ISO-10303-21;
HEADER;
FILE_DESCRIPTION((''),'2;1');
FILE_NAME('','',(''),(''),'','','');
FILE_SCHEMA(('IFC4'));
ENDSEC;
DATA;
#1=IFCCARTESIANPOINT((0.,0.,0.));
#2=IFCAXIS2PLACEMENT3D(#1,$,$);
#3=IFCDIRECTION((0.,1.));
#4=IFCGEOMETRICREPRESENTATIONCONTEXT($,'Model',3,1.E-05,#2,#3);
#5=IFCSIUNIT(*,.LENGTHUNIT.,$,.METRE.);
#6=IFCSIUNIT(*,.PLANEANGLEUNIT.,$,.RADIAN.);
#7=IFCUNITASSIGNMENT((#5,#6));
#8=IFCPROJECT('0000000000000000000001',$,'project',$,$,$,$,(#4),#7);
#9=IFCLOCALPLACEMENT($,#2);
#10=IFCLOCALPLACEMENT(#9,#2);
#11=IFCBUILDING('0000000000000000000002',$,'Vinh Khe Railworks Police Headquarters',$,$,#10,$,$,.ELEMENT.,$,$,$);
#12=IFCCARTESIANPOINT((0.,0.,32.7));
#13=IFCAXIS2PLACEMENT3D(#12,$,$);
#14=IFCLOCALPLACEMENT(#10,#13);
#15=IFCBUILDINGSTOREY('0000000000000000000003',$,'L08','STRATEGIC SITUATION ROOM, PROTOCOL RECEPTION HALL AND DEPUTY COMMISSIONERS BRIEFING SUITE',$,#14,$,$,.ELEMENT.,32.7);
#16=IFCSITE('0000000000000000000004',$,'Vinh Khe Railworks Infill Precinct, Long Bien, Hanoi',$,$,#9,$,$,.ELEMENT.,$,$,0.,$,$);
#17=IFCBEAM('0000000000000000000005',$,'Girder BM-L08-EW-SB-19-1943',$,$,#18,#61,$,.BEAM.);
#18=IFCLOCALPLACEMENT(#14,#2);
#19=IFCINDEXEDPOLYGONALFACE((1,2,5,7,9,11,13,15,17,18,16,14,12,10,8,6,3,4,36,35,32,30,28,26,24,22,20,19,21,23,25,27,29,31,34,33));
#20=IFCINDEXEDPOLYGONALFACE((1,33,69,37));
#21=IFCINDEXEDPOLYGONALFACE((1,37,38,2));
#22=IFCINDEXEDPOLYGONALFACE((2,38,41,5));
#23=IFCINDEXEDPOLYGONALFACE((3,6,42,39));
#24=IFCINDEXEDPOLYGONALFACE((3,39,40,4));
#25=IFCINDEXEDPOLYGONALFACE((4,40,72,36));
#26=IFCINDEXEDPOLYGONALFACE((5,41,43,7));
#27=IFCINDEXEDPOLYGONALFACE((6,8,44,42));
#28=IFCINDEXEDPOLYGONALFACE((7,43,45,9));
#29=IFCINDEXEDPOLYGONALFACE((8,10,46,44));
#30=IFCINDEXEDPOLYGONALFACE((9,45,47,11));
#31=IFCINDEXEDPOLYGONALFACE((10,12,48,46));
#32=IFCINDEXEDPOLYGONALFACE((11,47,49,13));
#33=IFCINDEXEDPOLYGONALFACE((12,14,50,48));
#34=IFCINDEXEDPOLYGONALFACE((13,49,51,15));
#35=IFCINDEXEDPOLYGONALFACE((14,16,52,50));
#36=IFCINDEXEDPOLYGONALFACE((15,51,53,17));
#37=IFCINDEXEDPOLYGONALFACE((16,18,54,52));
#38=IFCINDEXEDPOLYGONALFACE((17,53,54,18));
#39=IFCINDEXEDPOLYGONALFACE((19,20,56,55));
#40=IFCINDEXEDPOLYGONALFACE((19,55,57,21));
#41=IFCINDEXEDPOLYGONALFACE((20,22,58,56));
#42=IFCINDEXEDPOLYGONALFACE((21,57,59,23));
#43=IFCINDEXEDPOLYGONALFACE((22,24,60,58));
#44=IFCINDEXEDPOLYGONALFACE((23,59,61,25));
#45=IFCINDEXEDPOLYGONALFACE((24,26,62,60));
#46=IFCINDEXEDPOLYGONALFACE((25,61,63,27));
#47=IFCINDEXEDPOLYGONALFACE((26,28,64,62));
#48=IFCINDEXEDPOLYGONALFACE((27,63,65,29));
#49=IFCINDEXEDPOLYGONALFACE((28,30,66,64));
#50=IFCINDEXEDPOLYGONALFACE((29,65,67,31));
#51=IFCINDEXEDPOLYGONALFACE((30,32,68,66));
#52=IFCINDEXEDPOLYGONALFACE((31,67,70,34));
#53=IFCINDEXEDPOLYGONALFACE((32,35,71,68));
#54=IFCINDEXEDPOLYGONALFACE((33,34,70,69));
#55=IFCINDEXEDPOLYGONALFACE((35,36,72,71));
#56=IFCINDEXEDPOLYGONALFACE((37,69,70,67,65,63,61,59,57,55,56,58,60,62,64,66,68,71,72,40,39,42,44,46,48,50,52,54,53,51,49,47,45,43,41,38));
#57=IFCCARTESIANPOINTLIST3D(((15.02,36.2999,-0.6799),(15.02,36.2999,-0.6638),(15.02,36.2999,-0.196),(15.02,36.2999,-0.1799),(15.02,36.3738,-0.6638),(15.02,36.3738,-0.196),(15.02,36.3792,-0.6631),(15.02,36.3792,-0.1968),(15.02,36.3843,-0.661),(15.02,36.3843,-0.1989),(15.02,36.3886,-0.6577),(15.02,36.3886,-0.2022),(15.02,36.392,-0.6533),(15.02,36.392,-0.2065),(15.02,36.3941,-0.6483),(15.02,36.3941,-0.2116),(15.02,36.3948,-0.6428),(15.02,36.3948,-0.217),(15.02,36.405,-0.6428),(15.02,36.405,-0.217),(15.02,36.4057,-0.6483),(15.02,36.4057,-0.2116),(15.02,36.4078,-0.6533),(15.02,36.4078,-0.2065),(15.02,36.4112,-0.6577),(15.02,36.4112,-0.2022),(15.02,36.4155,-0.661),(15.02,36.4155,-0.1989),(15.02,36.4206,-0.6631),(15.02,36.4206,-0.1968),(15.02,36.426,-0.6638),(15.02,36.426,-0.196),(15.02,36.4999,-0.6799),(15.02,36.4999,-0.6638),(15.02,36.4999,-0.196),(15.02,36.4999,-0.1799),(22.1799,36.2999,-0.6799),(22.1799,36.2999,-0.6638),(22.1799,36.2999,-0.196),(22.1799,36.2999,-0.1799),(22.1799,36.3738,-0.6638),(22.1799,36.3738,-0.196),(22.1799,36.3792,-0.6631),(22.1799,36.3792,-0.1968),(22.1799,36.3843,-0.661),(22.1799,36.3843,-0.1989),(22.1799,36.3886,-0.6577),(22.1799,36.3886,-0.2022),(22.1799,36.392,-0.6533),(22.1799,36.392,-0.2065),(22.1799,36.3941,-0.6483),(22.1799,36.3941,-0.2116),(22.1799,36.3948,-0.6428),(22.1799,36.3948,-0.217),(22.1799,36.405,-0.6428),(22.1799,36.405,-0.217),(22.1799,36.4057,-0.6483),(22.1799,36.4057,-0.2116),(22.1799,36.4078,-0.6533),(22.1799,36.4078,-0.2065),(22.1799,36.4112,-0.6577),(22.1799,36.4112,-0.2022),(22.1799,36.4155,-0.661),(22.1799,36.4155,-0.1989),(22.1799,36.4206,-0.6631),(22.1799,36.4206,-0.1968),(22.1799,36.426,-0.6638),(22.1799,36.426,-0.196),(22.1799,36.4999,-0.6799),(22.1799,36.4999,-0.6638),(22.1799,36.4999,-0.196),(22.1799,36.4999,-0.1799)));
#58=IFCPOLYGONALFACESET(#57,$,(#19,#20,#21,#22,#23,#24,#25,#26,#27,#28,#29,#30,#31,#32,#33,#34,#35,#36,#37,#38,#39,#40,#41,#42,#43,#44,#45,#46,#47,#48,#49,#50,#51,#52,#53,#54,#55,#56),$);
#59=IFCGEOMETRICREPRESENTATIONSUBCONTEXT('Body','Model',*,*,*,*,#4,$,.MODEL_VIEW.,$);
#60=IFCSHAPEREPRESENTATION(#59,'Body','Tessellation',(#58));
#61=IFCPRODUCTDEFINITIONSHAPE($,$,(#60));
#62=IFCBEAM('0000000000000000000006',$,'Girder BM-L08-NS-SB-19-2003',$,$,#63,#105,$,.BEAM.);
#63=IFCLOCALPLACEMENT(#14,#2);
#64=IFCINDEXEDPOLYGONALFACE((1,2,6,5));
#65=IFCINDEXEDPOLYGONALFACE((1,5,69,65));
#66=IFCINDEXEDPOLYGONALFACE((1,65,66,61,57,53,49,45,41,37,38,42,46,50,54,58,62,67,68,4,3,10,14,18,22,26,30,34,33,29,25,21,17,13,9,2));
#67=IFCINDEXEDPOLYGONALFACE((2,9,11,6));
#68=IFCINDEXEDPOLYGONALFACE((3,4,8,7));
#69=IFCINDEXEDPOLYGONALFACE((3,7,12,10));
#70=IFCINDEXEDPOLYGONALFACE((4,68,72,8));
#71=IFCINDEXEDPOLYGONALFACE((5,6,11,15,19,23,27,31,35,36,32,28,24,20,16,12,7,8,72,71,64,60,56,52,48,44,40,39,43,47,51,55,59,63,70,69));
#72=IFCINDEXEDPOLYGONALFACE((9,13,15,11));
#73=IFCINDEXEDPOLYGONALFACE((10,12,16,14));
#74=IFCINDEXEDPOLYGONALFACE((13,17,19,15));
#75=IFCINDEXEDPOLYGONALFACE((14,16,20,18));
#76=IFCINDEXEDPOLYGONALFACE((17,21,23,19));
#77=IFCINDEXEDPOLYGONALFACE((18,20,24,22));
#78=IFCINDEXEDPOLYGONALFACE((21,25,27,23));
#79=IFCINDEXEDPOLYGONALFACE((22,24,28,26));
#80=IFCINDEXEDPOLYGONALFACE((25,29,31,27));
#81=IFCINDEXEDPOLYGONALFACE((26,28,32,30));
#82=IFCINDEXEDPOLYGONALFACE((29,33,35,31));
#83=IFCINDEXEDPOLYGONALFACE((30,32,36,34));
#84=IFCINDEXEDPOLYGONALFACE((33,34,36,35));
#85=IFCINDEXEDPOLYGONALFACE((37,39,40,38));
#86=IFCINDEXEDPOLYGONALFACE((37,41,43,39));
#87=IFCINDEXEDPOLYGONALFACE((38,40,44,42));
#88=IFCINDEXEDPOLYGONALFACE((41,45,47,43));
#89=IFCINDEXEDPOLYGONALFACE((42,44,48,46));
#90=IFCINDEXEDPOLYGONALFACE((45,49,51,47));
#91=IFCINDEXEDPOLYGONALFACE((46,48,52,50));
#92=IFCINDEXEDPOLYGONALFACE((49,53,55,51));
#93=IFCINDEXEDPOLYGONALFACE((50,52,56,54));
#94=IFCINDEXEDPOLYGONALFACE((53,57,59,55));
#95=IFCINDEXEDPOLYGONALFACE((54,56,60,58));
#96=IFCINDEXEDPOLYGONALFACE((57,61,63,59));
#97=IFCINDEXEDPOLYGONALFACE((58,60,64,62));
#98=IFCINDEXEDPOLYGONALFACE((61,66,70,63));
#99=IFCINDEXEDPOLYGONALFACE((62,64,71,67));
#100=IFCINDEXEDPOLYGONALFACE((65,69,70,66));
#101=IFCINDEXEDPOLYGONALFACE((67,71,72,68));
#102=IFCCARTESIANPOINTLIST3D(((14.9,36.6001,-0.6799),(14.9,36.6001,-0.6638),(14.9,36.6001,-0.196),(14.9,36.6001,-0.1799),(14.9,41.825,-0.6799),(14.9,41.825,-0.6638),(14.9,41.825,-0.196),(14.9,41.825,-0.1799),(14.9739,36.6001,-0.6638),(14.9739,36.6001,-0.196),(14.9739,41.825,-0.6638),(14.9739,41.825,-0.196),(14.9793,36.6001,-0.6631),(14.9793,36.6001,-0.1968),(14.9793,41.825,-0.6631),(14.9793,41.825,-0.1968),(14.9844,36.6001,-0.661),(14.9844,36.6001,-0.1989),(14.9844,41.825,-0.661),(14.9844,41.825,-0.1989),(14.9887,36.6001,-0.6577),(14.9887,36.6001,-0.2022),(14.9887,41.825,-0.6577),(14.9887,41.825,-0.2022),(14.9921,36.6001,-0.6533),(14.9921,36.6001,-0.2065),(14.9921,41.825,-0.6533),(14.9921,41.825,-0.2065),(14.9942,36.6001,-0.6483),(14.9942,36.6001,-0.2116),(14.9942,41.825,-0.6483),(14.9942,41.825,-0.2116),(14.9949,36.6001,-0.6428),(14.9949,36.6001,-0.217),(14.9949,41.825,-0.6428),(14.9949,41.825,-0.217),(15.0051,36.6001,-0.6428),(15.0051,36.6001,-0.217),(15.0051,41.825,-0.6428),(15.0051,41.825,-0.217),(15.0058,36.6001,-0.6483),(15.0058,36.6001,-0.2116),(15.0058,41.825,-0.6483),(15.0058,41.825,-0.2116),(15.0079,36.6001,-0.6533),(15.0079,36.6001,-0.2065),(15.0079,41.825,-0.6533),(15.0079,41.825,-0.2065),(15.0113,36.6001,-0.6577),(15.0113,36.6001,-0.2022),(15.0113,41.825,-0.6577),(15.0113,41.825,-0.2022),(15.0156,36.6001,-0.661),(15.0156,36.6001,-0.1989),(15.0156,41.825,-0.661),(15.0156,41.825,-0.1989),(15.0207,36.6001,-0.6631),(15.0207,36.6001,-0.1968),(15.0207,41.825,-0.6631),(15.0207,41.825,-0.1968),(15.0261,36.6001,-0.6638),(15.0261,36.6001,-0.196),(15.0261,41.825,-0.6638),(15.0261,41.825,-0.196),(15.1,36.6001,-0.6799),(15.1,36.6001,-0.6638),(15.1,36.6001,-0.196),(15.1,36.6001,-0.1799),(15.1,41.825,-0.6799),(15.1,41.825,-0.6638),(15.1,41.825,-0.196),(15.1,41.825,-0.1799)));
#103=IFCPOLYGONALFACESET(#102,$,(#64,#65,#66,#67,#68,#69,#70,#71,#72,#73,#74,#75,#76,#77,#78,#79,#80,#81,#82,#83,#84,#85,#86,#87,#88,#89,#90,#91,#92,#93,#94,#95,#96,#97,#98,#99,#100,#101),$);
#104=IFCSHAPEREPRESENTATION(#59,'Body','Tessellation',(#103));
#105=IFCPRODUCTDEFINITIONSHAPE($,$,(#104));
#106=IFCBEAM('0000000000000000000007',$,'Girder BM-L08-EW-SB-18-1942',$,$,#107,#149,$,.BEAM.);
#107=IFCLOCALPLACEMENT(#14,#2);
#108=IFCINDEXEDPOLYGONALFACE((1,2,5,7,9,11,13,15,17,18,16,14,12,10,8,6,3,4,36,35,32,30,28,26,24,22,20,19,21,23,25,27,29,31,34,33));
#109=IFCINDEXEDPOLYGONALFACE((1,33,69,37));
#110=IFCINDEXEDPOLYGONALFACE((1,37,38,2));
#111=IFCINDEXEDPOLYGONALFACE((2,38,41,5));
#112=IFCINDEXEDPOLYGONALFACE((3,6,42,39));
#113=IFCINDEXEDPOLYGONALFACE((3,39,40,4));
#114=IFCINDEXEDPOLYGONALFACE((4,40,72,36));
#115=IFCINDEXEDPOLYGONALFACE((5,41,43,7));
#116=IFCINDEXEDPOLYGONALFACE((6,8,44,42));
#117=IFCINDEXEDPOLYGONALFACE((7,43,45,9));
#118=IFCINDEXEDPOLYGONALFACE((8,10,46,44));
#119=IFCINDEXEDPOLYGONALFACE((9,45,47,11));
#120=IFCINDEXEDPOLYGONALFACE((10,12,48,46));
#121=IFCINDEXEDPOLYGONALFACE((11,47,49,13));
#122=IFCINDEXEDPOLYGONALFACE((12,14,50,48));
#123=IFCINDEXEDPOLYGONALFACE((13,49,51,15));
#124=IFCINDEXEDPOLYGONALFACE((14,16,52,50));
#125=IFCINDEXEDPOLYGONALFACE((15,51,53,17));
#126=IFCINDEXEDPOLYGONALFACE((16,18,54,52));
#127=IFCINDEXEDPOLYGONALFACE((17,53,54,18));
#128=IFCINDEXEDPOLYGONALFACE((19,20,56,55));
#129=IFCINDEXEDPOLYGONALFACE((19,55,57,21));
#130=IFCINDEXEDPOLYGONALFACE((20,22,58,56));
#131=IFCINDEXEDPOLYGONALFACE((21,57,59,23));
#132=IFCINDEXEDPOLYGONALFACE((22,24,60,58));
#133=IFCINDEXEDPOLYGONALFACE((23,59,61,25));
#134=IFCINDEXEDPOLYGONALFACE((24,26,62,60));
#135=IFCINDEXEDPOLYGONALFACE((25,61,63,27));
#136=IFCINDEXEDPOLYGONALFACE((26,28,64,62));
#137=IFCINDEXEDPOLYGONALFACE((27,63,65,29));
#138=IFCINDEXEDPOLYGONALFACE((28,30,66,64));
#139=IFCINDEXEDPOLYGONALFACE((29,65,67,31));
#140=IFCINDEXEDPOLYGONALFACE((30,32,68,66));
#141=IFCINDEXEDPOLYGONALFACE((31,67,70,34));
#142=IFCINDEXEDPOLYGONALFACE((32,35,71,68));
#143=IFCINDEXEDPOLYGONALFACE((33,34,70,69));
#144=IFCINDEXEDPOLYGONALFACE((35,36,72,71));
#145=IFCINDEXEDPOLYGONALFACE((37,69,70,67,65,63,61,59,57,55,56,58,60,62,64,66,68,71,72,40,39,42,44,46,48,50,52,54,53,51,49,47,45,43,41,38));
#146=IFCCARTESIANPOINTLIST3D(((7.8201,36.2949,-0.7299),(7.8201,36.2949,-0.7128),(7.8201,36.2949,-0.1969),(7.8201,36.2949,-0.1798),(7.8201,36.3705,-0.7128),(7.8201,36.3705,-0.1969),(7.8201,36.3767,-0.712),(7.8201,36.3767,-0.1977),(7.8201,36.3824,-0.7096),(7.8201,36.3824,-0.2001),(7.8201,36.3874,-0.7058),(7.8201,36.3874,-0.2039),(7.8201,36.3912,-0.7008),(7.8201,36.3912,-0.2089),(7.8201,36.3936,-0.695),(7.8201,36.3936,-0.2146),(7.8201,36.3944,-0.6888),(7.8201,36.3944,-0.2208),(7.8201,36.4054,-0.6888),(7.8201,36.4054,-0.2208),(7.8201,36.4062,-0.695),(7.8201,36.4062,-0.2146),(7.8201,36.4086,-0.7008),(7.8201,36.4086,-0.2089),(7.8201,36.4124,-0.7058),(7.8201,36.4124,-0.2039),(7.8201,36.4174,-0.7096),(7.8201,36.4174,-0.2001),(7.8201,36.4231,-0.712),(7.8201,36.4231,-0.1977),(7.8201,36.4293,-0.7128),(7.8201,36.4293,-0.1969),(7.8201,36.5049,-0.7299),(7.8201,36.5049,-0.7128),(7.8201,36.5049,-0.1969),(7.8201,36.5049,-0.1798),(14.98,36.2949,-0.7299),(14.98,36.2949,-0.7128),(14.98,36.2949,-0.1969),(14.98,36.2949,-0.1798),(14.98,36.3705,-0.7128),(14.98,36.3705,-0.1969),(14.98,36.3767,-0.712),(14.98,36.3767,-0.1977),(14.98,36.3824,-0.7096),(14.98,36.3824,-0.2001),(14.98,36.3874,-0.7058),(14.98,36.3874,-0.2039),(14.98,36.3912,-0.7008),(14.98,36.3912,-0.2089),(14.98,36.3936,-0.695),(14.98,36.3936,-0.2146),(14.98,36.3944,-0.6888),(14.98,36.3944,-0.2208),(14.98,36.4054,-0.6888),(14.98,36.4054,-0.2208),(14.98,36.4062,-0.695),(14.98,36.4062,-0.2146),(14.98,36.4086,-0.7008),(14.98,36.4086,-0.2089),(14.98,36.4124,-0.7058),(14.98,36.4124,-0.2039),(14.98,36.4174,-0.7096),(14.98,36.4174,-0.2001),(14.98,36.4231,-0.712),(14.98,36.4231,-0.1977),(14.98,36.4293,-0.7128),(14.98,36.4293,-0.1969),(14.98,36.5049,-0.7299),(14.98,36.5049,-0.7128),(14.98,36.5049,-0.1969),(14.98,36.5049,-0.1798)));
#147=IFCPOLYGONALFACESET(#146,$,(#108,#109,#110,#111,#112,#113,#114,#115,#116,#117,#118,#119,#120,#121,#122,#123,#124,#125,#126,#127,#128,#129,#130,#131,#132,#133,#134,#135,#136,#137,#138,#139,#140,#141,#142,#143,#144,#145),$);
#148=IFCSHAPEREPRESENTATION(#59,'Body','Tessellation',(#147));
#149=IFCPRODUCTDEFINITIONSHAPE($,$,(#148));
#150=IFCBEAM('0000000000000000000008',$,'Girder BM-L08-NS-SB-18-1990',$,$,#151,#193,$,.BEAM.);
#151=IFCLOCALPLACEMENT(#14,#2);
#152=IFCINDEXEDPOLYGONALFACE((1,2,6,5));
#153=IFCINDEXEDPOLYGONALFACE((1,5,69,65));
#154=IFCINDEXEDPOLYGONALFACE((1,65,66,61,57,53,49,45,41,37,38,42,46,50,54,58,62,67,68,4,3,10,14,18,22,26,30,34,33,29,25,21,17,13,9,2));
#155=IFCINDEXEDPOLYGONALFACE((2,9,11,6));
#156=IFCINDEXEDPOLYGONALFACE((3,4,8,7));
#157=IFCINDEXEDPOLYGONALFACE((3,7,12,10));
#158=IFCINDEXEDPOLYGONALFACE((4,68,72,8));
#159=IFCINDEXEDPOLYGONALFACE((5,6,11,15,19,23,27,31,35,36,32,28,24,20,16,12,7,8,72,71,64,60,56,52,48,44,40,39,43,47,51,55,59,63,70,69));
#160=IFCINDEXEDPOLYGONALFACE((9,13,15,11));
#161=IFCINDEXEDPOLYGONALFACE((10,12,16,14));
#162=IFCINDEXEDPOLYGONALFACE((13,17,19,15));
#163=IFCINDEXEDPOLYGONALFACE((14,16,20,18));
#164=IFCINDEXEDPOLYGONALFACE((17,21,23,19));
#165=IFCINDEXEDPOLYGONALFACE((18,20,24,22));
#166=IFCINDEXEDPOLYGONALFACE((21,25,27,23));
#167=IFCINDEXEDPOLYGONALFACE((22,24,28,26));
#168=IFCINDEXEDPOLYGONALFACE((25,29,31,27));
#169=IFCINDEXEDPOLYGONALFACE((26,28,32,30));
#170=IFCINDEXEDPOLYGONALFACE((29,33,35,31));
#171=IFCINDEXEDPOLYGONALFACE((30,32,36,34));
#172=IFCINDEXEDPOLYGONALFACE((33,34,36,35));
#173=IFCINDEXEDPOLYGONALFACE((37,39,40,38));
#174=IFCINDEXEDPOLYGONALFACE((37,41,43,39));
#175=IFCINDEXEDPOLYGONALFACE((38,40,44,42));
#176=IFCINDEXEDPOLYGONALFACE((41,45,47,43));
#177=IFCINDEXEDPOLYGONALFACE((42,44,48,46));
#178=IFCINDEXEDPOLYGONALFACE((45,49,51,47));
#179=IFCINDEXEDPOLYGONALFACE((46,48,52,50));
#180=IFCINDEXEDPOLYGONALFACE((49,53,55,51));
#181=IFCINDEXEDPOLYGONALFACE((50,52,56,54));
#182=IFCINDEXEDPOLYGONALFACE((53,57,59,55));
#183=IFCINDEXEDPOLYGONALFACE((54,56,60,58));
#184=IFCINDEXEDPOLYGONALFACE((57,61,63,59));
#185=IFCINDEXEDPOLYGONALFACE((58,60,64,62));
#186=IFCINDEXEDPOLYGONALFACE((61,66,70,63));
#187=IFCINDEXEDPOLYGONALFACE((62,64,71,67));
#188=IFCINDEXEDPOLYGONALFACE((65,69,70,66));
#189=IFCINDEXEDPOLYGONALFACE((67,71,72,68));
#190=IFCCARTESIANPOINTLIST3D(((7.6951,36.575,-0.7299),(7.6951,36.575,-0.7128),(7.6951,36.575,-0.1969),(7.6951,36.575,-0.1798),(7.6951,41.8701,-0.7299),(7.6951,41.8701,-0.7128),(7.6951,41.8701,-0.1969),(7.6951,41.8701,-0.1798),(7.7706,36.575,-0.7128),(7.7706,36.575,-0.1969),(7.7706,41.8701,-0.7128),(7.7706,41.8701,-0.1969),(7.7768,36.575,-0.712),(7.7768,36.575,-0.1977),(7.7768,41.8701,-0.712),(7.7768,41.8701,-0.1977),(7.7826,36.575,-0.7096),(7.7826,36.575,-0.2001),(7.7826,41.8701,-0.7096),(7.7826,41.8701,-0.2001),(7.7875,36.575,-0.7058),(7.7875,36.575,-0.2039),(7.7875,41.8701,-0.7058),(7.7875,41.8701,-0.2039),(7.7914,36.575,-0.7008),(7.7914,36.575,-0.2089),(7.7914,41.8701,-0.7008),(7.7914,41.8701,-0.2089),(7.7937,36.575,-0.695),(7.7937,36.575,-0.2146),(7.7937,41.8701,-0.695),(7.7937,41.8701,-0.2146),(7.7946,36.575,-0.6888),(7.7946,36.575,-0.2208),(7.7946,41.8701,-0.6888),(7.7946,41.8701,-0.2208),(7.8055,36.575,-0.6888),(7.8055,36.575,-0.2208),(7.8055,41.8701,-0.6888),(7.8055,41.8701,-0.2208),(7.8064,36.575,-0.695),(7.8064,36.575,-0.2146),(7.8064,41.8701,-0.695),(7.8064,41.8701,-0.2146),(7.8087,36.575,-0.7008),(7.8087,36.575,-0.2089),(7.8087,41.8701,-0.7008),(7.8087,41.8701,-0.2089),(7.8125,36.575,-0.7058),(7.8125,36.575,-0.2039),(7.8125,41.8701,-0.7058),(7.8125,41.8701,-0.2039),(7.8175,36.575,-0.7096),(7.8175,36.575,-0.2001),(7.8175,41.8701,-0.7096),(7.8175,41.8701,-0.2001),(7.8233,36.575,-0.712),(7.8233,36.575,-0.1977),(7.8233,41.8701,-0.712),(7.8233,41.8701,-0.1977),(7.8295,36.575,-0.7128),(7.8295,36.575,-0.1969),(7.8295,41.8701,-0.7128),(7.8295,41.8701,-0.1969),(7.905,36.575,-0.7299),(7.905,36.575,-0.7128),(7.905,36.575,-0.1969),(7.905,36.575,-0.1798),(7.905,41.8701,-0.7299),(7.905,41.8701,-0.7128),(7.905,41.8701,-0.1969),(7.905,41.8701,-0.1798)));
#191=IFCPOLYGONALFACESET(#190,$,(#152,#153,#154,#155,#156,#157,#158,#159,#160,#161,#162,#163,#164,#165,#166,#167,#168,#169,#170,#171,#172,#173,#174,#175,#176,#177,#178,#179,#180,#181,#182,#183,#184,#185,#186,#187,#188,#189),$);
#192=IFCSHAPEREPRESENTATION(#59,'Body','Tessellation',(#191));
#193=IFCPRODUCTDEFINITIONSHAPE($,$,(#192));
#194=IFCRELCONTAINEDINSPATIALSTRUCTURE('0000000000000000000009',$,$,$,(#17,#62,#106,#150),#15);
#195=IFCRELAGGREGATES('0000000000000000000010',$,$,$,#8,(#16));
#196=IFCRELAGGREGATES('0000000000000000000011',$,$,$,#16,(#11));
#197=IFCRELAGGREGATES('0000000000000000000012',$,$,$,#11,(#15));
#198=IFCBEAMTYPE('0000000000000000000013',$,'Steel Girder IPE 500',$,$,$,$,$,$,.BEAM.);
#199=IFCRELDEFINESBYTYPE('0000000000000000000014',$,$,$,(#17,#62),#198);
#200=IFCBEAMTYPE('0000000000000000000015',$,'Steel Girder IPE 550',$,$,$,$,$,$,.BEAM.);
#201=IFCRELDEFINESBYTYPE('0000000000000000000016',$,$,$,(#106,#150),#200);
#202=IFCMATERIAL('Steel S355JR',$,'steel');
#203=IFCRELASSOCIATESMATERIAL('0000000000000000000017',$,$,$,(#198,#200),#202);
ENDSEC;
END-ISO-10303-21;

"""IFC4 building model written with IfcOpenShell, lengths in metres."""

from ifc_helpers import new_model, si_unit, direction, frame, origin, origin_2d, place, context, subcontext, project, spatial, i_section, extrude, material, material_profile, profile_set, type_object, element, save


model = new_model("IFC4")

# Units and contexts
model_context = context("Model", 3, precision=1e-05, world=origin(), true_north=direction((0.0, 1.0)))
body_context = subcontext(model_context, "Body", "Model", "MODEL_VIEW")
ifc_project = project(units=[si_unit("LENGTHUNIT", "METRE"), si_unit("PLANEANGLEUNIT", "RADIAN")], contexts=[model_context])

# Site, building, storey
site_placement = place(None, origin())
site = spatial("IfcSite", under=ifc_project, at=site_placement, Name="Vinh Khe Railworks Infill Precinct, Long Bien, Hanoi", CompositionType="ELEMENT", RefElevation=0.0)
building_placement = place(site_placement, origin())
building = spatial("IfcBuilding", under=site, at=building_placement, Name="Vinh Khe Railworks Police Headquarters", CompositionType="ELEMENT")
storey_placement = place(building_placement, frame((0.0, 0.0, 32.7)))
storey = spatial("IfcBuildingStorey", under=building, at=storey_placement, Name="L08", Description="STRATEGIC SITUATION ROOM, PROTOCOL RECEPTION HALL AND DEPUTY COMMISSIONERS BRIEFING SUITE", CompositionType="ELEMENT", Elevation=32.7)

# Shared definitions
ifc_material_1 = material(Name="Steel S355JR", Category="steel")

# Beams
ifc_material_profile_1 = material_profile(ifc_material_1, i_section(OverallWidth=0.2, OverallDepth=0.5, WebThickness=0.0103, FlangeThickness=0.0161, FilletRadius=0.021, at=origin_2d()), Name="IPE 500")
ifc_profile_set_1 = profile_set([ifc_material_profile_1], Name="Steel S355JR")
beam_type_1 = type_object("IfcBeamType", Name="Steel Girder IPE 500", PredefinedType="BEAM", material=ifc_profile_set_1)
beam_1_placement = place(storey_placement, frame((15.02, 36.3999, -0.4299), z_axis=(1.0, 0.0, 0.0), x_axis=(0.0, 1.0, 0.0)))
element("IfcBeam", 1, at=beam_1_placement, inside=storey, type_object=beam_type_1, Name="Girder BM-L08-EW-SB-19-1943", PredefinedType="BEAM", context=body_context, shape_type="SweptSolid", body=[
    extrude(i_section(OverallWidth=0.2, OverallDepth=0.5, WebThickness=0.0103, FlangeThickness=0.0161, FilletRadius=0.021, at=origin_2d()), origin(), (0.0, 0.0, 1.0), 7.1599),
])
beam_2_placement = place(storey_placement, frame((15.0, 36.6001, -0.4299), z_axis=(0.0, 1.0, 0.0), x_axis=(-1.0, 0.0, 0.0)))
element("IfcBeam", 2, at=beam_2_placement, inside=storey, type_object=beam_type_1, Name="Girder BM-L08-NS-SB-19-2003", PredefinedType="BEAM", context=body_context, shape_type="SweptSolid", body=[
    extrude(i_section(OverallWidth=0.2, OverallDepth=0.5, WebThickness=0.0103, FlangeThickness=0.0161, FilletRadius=0.021, at=origin_2d()), origin(), (0.0, 0.0, 1.0), 5.2249),
])
ifc_material_profile_2 = material_profile(ifc_material_1, i_section(OverallWidth=0.21, OverallDepth=0.55, WebThickness=0.011, FlangeThickness=0.0171, FilletRadius=0.0239, at=origin_2d()), Name="IPE 550")
ifc_profile_set_2 = profile_set([ifc_material_profile_2], Name="Steel S355JR")
beam_type_2 = type_object("IfcBeamType", Name="Steel Girder IPE 550", PredefinedType="BEAM", material=ifc_profile_set_2)
beam_3_placement = place(storey_placement, frame((7.8201, 36.3999, -0.4548), z_axis=(1.0, 0.0, 0.0), x_axis=(0.0, 1.0, 0.0)))
element("IfcBeam", 3, at=beam_3_placement, inside=storey, type_object=beam_type_2, Name="Girder BM-L08-EW-SB-18-1942", PredefinedType="BEAM", context=body_context, shape_type="SweptSolid", body=[
    extrude(i_section(OverallWidth=0.21, OverallDepth=0.55, WebThickness=0.011, FlangeThickness=0.0171, FilletRadius=0.0239, at=origin_2d()), origin(), (0.0, 0.0, 1.0), 7.1599),
])
beam_4_placement = place(storey_placement, frame((7.8, 36.575, -0.4548), z_axis=(0.0, 1.0, 0.0), x_axis=(-1.0, 0.0, 0.0)))
element("IfcBeam", 4, at=beam_4_placement, inside=storey, type_object=beam_type_2, Name="Girder BM-L08-NS-SB-18-1990", PredefinedType="BEAM", context=body_context, shape_type="SweptSolid", body=[
    extrude(i_section(OverallWidth=0.21, OverallDepth=0.55, WebThickness=0.011, FlangeThickness=0.0171, FilletRadius=0.0239, at=origin_2d()), origin(), (0.0, 0.0, 1.0), 5.2952),
])

save(model, "model.ifc")
